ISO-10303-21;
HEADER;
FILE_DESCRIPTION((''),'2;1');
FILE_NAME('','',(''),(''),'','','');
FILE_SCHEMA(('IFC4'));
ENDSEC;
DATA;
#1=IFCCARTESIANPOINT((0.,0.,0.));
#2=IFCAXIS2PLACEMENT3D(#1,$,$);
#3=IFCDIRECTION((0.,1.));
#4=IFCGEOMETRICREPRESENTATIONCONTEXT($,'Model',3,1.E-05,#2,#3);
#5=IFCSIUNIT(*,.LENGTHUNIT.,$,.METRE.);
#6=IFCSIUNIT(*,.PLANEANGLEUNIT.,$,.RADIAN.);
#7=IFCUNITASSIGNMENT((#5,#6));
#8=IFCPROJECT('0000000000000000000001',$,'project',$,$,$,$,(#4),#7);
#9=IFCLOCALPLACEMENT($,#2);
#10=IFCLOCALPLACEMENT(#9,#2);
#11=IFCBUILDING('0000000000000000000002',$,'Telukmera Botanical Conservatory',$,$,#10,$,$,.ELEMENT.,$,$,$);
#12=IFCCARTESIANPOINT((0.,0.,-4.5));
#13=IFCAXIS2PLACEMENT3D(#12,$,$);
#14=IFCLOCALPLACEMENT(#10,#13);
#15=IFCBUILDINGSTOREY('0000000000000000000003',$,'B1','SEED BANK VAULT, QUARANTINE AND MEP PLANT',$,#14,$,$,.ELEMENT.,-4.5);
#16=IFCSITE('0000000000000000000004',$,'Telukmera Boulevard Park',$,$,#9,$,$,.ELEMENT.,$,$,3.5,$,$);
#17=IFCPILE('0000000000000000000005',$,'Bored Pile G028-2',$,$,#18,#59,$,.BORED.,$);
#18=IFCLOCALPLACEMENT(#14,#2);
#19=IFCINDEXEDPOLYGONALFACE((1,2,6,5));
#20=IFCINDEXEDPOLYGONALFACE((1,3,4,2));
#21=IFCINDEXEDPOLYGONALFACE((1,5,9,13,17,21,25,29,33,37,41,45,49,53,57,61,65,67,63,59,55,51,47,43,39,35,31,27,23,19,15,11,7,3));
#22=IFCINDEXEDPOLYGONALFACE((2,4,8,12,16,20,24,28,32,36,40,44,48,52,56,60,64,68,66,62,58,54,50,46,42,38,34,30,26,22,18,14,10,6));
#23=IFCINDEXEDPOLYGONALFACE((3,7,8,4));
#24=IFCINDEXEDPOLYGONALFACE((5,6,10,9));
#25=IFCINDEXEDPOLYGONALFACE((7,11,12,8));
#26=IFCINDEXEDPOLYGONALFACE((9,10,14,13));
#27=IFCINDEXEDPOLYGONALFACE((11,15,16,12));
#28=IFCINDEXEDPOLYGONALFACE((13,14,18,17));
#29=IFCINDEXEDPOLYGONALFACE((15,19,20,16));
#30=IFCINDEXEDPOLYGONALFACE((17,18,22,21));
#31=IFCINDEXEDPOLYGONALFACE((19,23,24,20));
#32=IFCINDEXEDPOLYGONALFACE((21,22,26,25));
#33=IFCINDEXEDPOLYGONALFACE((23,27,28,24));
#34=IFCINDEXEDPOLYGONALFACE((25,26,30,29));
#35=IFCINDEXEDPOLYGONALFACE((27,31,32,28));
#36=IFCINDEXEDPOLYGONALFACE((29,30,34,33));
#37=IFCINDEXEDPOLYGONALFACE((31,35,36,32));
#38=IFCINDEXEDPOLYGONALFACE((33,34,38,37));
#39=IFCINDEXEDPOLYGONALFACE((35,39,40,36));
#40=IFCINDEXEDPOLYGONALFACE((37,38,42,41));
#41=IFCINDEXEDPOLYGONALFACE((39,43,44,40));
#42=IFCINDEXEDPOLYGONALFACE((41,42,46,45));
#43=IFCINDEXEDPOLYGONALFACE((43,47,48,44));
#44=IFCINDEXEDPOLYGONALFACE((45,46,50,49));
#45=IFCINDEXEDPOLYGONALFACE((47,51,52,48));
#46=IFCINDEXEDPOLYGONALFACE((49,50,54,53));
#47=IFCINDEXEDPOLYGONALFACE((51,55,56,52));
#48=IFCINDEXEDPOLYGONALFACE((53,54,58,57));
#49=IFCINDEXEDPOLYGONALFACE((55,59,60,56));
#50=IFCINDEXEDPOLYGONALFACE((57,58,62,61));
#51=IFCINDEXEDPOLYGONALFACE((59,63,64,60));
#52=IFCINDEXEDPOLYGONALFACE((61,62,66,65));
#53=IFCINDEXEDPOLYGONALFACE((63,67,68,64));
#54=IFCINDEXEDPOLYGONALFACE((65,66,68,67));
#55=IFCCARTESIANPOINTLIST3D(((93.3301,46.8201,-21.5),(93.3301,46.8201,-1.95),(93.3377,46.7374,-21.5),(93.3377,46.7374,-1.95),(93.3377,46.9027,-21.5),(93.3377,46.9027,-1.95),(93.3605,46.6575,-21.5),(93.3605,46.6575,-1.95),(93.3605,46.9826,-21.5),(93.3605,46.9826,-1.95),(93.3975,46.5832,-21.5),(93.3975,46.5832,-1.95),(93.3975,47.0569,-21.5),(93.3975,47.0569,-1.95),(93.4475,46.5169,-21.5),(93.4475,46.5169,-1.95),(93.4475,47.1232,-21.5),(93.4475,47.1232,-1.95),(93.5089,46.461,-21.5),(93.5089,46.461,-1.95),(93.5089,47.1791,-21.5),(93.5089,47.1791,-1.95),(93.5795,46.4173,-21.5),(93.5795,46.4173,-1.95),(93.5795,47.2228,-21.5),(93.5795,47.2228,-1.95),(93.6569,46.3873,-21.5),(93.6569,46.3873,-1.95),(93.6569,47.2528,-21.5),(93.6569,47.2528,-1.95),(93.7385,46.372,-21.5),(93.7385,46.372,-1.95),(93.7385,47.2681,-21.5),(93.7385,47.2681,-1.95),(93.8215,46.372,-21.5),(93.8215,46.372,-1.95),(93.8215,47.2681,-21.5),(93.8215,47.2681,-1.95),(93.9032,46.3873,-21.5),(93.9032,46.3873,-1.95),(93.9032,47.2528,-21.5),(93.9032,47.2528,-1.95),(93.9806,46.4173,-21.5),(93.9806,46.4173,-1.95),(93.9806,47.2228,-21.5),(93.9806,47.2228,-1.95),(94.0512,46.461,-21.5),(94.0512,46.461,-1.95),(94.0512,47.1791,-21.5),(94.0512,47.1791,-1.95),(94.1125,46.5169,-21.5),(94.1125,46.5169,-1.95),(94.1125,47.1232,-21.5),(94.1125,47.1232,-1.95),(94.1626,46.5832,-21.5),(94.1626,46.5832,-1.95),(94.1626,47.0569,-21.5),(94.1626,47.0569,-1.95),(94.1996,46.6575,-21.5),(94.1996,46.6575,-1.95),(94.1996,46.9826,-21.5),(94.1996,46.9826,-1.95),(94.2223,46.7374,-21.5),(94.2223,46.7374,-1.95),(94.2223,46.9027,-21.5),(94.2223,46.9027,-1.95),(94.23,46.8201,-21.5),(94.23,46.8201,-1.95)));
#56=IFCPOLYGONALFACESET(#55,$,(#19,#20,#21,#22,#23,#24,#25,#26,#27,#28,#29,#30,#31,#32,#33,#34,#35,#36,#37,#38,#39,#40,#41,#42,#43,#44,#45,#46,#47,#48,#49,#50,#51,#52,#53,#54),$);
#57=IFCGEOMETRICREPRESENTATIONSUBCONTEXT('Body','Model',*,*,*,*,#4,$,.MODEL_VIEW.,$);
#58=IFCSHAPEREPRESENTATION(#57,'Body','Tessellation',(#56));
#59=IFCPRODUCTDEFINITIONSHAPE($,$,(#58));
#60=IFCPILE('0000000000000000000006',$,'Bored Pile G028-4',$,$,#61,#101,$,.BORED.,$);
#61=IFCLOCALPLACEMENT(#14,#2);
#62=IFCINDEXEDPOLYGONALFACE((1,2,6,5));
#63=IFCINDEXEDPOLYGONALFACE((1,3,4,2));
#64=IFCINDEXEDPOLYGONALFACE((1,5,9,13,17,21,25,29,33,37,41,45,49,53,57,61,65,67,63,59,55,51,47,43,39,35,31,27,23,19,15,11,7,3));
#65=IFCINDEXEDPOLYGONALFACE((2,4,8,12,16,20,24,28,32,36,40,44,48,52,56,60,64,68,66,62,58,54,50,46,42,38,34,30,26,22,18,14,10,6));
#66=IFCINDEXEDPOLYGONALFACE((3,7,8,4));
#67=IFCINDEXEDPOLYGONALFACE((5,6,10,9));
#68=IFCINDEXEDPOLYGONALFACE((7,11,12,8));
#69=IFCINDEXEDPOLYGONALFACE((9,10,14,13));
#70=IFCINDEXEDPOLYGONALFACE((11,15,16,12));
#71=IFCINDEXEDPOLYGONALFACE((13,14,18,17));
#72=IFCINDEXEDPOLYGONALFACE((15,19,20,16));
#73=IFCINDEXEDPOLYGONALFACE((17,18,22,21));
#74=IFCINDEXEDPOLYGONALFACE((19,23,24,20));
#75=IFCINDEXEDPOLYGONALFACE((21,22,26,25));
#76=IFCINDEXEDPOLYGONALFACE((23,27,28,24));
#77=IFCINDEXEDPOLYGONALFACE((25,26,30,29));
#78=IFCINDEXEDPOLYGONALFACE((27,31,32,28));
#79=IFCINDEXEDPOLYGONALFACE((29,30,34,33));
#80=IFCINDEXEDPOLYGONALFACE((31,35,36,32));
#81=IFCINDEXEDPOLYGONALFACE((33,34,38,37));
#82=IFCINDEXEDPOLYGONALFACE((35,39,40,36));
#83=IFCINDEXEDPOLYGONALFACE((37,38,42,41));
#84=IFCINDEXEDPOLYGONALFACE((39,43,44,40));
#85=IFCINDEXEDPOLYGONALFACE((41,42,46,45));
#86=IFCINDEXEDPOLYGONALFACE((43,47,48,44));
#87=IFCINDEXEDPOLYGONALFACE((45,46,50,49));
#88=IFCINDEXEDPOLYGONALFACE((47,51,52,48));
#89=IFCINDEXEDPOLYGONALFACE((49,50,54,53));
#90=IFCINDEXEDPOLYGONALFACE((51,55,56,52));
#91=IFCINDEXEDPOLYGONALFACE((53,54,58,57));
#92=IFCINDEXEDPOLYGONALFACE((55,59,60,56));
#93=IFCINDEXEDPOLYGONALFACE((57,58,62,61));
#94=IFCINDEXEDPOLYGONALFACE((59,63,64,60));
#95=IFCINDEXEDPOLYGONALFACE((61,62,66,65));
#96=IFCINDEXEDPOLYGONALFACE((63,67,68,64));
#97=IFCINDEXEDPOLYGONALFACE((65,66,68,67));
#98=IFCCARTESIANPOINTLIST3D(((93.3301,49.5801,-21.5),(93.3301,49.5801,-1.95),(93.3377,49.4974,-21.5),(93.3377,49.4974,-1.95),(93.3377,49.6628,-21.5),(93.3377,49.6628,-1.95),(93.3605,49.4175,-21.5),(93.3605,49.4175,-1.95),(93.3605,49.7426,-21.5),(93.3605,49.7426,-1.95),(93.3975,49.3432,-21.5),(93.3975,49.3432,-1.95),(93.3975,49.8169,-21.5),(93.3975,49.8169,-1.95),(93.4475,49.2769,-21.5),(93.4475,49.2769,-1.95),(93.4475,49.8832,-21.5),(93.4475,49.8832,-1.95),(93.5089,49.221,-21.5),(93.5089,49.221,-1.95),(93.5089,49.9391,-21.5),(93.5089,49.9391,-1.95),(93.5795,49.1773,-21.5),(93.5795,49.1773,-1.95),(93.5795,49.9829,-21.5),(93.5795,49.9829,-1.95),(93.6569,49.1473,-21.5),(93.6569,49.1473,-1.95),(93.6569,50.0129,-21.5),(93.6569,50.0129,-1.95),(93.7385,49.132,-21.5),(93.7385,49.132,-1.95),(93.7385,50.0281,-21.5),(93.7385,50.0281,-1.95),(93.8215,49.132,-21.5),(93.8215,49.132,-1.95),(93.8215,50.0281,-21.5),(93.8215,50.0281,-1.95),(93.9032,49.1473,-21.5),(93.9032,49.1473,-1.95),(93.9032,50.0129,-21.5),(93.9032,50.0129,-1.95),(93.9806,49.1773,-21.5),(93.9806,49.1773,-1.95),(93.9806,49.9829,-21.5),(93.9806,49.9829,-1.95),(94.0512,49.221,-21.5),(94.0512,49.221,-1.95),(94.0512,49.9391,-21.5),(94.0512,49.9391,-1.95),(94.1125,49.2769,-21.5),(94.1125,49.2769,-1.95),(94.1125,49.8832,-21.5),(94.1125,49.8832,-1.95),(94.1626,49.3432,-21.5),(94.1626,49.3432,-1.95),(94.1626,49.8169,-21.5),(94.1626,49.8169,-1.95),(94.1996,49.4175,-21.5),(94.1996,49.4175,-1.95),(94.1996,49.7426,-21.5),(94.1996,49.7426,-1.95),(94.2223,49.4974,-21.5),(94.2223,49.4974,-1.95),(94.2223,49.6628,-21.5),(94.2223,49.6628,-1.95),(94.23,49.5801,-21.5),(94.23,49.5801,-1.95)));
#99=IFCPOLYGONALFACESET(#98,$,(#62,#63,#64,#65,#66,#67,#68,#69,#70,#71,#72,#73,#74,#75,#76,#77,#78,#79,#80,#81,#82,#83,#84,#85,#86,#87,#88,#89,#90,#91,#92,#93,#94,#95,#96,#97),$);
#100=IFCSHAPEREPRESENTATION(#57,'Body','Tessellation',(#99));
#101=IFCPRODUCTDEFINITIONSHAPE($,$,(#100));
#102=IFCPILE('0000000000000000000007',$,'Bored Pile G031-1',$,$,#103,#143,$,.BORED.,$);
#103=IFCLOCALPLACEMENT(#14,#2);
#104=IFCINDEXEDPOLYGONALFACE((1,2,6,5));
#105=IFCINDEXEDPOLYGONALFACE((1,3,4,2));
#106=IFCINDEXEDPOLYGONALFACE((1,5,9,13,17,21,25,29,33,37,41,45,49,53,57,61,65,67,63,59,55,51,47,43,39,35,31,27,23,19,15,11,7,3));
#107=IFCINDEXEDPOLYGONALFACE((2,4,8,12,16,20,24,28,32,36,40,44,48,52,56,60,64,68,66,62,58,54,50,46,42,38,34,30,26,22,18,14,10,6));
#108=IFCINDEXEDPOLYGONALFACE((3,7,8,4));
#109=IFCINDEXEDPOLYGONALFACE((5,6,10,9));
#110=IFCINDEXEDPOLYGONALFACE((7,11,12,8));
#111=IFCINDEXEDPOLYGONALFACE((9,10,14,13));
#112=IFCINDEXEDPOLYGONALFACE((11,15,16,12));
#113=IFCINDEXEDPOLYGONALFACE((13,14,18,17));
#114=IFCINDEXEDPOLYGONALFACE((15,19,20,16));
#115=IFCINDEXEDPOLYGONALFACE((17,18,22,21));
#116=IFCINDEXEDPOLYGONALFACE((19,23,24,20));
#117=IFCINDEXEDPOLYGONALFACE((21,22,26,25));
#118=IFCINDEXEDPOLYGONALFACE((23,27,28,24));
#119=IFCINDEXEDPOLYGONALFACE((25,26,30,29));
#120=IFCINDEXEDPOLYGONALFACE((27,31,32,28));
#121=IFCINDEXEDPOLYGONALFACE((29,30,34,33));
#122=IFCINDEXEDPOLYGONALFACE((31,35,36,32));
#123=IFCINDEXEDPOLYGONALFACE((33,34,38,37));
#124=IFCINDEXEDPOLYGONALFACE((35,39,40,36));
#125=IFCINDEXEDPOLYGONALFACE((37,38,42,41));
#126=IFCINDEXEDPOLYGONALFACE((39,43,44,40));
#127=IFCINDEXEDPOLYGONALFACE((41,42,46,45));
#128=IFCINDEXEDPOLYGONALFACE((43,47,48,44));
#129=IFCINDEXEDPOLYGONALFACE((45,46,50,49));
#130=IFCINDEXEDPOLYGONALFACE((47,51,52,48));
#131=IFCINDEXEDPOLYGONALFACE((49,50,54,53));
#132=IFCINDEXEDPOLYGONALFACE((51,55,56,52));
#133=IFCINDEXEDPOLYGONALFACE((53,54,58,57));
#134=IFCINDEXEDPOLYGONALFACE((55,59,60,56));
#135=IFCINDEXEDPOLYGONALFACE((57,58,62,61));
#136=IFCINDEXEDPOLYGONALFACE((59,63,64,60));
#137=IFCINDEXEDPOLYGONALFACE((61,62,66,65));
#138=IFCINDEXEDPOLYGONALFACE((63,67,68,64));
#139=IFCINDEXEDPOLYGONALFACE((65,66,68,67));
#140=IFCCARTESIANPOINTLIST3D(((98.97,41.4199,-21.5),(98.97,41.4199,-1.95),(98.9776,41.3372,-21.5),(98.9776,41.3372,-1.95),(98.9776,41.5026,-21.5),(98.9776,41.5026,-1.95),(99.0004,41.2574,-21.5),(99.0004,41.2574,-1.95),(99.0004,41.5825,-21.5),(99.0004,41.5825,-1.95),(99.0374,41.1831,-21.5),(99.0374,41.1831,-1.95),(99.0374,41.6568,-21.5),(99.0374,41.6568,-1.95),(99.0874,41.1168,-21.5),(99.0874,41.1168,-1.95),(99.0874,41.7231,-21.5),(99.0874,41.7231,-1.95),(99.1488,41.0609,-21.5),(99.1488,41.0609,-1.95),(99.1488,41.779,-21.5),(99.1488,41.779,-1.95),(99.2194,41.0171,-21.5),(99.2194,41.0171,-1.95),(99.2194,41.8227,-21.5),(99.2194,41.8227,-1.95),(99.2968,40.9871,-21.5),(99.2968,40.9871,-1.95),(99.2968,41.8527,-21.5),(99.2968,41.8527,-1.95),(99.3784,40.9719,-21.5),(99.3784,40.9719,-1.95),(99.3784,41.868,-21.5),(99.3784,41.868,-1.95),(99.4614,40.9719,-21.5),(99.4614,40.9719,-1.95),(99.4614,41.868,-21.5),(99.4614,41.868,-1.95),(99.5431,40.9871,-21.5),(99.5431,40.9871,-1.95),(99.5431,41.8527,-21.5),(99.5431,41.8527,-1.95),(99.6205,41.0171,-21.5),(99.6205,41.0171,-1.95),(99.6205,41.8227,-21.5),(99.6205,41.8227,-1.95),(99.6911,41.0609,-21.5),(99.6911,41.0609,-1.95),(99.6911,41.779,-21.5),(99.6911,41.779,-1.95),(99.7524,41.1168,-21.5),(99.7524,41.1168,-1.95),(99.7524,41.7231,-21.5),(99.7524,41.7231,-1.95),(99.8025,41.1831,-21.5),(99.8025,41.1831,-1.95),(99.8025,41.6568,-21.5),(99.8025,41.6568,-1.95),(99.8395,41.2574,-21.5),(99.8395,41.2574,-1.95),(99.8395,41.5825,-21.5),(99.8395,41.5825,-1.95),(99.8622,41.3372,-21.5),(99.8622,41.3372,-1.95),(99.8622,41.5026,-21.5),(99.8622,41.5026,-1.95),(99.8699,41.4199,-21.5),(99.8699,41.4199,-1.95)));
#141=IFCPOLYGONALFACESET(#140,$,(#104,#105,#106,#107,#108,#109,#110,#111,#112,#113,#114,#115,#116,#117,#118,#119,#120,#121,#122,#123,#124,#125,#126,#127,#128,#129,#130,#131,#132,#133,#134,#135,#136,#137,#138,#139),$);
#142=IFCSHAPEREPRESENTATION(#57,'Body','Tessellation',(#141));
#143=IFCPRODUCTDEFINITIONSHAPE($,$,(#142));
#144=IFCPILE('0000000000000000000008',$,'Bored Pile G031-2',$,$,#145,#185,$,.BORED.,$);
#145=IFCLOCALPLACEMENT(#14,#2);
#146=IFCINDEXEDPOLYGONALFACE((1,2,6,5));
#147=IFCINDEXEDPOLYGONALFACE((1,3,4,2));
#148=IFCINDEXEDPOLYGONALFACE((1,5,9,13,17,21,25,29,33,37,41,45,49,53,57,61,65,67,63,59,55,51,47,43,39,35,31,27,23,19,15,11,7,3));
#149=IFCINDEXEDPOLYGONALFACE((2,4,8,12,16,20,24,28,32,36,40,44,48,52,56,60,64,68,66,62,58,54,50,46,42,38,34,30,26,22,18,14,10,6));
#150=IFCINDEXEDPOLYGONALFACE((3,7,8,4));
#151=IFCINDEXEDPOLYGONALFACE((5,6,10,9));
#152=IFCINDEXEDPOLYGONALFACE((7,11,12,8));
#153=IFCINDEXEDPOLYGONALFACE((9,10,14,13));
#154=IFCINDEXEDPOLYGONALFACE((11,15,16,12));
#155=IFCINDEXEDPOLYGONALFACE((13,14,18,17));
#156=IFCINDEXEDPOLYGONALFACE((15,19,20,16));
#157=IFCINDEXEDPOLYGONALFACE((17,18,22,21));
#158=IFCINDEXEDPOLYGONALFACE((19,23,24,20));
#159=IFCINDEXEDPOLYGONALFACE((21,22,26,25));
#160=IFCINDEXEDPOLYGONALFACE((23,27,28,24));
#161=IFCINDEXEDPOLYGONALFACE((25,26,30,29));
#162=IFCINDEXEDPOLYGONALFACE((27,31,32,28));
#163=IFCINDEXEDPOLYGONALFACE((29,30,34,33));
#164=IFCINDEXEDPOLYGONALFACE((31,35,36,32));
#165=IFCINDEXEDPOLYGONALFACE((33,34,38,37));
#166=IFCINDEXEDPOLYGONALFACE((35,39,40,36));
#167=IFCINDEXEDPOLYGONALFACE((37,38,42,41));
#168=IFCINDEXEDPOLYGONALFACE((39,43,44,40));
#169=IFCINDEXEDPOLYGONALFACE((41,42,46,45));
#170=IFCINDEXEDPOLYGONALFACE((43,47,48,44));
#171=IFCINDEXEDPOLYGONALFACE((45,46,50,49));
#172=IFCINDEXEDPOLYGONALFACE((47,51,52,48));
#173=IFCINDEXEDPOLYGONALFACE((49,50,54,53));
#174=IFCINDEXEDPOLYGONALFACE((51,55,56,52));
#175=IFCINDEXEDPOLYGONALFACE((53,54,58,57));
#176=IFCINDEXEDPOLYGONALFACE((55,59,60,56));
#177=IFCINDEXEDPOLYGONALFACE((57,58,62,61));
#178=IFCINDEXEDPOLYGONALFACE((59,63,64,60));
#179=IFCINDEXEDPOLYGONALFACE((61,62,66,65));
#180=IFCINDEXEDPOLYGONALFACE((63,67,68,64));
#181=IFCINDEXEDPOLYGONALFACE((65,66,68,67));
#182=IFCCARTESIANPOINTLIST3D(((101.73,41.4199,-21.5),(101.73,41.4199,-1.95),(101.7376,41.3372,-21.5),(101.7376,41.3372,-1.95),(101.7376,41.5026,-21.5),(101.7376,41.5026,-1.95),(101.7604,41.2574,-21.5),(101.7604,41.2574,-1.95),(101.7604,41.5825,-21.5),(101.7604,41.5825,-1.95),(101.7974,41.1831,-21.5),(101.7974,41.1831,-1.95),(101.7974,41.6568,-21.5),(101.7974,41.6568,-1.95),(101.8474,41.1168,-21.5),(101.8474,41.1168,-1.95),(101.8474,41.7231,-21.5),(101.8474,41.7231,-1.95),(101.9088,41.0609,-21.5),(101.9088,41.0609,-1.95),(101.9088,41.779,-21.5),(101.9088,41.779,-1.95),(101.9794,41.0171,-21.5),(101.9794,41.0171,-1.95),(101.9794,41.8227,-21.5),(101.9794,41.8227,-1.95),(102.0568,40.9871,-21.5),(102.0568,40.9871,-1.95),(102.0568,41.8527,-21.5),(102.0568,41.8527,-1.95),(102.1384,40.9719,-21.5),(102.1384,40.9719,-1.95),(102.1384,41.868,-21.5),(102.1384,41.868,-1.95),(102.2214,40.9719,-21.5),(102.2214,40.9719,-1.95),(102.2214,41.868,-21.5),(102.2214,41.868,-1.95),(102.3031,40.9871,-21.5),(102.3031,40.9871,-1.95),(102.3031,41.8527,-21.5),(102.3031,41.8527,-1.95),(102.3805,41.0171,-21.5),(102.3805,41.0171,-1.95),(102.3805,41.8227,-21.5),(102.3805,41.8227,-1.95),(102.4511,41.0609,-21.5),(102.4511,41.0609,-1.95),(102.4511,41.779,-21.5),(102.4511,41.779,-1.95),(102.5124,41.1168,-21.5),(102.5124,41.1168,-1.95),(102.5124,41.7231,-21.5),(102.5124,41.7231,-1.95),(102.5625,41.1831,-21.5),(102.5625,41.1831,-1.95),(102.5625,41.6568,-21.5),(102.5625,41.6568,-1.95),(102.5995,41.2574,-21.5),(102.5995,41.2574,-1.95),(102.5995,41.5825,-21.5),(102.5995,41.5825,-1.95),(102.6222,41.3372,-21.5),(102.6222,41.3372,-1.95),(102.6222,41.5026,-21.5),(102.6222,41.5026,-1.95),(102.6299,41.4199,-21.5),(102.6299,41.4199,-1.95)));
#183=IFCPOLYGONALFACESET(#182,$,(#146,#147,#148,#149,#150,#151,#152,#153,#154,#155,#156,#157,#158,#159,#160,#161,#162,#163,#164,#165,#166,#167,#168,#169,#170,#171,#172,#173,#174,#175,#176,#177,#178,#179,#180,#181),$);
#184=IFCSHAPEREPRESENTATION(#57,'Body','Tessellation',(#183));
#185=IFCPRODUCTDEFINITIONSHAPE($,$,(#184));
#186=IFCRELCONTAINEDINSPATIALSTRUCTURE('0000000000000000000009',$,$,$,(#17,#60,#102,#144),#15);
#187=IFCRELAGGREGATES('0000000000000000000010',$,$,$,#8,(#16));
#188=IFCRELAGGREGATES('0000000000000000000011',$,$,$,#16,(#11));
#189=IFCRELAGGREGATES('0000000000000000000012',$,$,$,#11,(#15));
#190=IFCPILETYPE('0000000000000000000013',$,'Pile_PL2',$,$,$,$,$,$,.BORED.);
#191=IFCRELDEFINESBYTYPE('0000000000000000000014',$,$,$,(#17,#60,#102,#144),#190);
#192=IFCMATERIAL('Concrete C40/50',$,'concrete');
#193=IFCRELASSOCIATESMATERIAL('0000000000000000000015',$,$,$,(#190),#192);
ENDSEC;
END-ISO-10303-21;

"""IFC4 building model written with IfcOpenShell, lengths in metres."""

from ifc_helpers import new_model, si_unit, direction, frame, origin, origin_2d, place, context, subcontext, project, spatial, circle, extrude, material, material_profile, profile_set, type_object, element, save


model = new_model("IFC4")

# Units and contexts
model_context = context("Model", 3, precision=1e-05, world=origin(), true_north=direction((0.0, 1.0)))
body_context = subcontext(model_context, "Body", "Model", "MODEL_VIEW")
ifc_project = project(units=[si_unit("LENGTHUNIT", "METRE"), si_unit("PLANEANGLEUNIT", "RADIAN")], contexts=[model_context])

# Site, building, storey
site_placement = place(None, origin())
site = spatial("IfcSite", under=ifc_project, at=site_placement, Name="Telukmera Boulevard Park", CompositionType="ELEMENT", RefElevation=3.5)
building_placement = place(site_placement, origin())
building = spatial("IfcBuilding", under=site, at=building_placement, Name="Telukmera Botanical Conservatory", CompositionType="ELEMENT")
storey_placement = place(building_placement, frame((0.0, 0.0, -4.5)))
storey = spatial("IfcBuildingStorey", under=building, at=storey_placement, Name="B1", Description="SEED BANK VAULT, QUARANTINE AND MEP PLANT", CompositionType="ELEMENT", Elevation=-4.5)

# Shared definitions
ifc_material_1 = material(Name="Concrete C40/50", Category="concrete")

# Piles
ifc_material_profile_1 = material_profile(ifc_material_1, circle(Radius=0.45, at=origin_2d()), Name="PILE D900")
ifc_profile_set_1 = profile_set([ifc_material_profile_1], Name="Concrete C40/50")
pile_type = type_object("IfcPileType", Name="Pile_PL2", PredefinedType="BORED", material=ifc_profile_set_1)
for number, where, z_axis, x_axis, name in (
    (1, (93.78, 46.8201, -1.95), (0.0, 0.0, -1.0), (1.0, 0.0, 0.0), "Bored Pile G028-2"),
    (2, (93.78, 49.5801, -1.95), (0.0, 0.0, -1.0), (1.0, 0.0, 0.0), "Bored Pile G028-4"),
    (3, (99.4199, 41.4199, -1.95), (0.0, 0.0, -1.0), (1.0, 0.0, 0.0), "Bored Pile G031-1"),
    (4, (102.1799, 41.4199, -1.95), (0.0, 0.0, -1.0), (1.0, 0.0, 0.0), "Bored Pile G031-2"),
):
    element("IfcPile", number, at=place(storey_placement, frame(where, z_axis=z_axis, x_axis=x_axis)), inside=storey, type_object=pile_type, Name=name, PredefinedType="BORED", context=body_context, shape_type="SweptSolid", body=[
        extrude(circle(Radius=0.45, at=origin_2d()), origin(), (0.0, 0.0, 1.0), 19.55),
    ])

save(model, "model.ifc")
